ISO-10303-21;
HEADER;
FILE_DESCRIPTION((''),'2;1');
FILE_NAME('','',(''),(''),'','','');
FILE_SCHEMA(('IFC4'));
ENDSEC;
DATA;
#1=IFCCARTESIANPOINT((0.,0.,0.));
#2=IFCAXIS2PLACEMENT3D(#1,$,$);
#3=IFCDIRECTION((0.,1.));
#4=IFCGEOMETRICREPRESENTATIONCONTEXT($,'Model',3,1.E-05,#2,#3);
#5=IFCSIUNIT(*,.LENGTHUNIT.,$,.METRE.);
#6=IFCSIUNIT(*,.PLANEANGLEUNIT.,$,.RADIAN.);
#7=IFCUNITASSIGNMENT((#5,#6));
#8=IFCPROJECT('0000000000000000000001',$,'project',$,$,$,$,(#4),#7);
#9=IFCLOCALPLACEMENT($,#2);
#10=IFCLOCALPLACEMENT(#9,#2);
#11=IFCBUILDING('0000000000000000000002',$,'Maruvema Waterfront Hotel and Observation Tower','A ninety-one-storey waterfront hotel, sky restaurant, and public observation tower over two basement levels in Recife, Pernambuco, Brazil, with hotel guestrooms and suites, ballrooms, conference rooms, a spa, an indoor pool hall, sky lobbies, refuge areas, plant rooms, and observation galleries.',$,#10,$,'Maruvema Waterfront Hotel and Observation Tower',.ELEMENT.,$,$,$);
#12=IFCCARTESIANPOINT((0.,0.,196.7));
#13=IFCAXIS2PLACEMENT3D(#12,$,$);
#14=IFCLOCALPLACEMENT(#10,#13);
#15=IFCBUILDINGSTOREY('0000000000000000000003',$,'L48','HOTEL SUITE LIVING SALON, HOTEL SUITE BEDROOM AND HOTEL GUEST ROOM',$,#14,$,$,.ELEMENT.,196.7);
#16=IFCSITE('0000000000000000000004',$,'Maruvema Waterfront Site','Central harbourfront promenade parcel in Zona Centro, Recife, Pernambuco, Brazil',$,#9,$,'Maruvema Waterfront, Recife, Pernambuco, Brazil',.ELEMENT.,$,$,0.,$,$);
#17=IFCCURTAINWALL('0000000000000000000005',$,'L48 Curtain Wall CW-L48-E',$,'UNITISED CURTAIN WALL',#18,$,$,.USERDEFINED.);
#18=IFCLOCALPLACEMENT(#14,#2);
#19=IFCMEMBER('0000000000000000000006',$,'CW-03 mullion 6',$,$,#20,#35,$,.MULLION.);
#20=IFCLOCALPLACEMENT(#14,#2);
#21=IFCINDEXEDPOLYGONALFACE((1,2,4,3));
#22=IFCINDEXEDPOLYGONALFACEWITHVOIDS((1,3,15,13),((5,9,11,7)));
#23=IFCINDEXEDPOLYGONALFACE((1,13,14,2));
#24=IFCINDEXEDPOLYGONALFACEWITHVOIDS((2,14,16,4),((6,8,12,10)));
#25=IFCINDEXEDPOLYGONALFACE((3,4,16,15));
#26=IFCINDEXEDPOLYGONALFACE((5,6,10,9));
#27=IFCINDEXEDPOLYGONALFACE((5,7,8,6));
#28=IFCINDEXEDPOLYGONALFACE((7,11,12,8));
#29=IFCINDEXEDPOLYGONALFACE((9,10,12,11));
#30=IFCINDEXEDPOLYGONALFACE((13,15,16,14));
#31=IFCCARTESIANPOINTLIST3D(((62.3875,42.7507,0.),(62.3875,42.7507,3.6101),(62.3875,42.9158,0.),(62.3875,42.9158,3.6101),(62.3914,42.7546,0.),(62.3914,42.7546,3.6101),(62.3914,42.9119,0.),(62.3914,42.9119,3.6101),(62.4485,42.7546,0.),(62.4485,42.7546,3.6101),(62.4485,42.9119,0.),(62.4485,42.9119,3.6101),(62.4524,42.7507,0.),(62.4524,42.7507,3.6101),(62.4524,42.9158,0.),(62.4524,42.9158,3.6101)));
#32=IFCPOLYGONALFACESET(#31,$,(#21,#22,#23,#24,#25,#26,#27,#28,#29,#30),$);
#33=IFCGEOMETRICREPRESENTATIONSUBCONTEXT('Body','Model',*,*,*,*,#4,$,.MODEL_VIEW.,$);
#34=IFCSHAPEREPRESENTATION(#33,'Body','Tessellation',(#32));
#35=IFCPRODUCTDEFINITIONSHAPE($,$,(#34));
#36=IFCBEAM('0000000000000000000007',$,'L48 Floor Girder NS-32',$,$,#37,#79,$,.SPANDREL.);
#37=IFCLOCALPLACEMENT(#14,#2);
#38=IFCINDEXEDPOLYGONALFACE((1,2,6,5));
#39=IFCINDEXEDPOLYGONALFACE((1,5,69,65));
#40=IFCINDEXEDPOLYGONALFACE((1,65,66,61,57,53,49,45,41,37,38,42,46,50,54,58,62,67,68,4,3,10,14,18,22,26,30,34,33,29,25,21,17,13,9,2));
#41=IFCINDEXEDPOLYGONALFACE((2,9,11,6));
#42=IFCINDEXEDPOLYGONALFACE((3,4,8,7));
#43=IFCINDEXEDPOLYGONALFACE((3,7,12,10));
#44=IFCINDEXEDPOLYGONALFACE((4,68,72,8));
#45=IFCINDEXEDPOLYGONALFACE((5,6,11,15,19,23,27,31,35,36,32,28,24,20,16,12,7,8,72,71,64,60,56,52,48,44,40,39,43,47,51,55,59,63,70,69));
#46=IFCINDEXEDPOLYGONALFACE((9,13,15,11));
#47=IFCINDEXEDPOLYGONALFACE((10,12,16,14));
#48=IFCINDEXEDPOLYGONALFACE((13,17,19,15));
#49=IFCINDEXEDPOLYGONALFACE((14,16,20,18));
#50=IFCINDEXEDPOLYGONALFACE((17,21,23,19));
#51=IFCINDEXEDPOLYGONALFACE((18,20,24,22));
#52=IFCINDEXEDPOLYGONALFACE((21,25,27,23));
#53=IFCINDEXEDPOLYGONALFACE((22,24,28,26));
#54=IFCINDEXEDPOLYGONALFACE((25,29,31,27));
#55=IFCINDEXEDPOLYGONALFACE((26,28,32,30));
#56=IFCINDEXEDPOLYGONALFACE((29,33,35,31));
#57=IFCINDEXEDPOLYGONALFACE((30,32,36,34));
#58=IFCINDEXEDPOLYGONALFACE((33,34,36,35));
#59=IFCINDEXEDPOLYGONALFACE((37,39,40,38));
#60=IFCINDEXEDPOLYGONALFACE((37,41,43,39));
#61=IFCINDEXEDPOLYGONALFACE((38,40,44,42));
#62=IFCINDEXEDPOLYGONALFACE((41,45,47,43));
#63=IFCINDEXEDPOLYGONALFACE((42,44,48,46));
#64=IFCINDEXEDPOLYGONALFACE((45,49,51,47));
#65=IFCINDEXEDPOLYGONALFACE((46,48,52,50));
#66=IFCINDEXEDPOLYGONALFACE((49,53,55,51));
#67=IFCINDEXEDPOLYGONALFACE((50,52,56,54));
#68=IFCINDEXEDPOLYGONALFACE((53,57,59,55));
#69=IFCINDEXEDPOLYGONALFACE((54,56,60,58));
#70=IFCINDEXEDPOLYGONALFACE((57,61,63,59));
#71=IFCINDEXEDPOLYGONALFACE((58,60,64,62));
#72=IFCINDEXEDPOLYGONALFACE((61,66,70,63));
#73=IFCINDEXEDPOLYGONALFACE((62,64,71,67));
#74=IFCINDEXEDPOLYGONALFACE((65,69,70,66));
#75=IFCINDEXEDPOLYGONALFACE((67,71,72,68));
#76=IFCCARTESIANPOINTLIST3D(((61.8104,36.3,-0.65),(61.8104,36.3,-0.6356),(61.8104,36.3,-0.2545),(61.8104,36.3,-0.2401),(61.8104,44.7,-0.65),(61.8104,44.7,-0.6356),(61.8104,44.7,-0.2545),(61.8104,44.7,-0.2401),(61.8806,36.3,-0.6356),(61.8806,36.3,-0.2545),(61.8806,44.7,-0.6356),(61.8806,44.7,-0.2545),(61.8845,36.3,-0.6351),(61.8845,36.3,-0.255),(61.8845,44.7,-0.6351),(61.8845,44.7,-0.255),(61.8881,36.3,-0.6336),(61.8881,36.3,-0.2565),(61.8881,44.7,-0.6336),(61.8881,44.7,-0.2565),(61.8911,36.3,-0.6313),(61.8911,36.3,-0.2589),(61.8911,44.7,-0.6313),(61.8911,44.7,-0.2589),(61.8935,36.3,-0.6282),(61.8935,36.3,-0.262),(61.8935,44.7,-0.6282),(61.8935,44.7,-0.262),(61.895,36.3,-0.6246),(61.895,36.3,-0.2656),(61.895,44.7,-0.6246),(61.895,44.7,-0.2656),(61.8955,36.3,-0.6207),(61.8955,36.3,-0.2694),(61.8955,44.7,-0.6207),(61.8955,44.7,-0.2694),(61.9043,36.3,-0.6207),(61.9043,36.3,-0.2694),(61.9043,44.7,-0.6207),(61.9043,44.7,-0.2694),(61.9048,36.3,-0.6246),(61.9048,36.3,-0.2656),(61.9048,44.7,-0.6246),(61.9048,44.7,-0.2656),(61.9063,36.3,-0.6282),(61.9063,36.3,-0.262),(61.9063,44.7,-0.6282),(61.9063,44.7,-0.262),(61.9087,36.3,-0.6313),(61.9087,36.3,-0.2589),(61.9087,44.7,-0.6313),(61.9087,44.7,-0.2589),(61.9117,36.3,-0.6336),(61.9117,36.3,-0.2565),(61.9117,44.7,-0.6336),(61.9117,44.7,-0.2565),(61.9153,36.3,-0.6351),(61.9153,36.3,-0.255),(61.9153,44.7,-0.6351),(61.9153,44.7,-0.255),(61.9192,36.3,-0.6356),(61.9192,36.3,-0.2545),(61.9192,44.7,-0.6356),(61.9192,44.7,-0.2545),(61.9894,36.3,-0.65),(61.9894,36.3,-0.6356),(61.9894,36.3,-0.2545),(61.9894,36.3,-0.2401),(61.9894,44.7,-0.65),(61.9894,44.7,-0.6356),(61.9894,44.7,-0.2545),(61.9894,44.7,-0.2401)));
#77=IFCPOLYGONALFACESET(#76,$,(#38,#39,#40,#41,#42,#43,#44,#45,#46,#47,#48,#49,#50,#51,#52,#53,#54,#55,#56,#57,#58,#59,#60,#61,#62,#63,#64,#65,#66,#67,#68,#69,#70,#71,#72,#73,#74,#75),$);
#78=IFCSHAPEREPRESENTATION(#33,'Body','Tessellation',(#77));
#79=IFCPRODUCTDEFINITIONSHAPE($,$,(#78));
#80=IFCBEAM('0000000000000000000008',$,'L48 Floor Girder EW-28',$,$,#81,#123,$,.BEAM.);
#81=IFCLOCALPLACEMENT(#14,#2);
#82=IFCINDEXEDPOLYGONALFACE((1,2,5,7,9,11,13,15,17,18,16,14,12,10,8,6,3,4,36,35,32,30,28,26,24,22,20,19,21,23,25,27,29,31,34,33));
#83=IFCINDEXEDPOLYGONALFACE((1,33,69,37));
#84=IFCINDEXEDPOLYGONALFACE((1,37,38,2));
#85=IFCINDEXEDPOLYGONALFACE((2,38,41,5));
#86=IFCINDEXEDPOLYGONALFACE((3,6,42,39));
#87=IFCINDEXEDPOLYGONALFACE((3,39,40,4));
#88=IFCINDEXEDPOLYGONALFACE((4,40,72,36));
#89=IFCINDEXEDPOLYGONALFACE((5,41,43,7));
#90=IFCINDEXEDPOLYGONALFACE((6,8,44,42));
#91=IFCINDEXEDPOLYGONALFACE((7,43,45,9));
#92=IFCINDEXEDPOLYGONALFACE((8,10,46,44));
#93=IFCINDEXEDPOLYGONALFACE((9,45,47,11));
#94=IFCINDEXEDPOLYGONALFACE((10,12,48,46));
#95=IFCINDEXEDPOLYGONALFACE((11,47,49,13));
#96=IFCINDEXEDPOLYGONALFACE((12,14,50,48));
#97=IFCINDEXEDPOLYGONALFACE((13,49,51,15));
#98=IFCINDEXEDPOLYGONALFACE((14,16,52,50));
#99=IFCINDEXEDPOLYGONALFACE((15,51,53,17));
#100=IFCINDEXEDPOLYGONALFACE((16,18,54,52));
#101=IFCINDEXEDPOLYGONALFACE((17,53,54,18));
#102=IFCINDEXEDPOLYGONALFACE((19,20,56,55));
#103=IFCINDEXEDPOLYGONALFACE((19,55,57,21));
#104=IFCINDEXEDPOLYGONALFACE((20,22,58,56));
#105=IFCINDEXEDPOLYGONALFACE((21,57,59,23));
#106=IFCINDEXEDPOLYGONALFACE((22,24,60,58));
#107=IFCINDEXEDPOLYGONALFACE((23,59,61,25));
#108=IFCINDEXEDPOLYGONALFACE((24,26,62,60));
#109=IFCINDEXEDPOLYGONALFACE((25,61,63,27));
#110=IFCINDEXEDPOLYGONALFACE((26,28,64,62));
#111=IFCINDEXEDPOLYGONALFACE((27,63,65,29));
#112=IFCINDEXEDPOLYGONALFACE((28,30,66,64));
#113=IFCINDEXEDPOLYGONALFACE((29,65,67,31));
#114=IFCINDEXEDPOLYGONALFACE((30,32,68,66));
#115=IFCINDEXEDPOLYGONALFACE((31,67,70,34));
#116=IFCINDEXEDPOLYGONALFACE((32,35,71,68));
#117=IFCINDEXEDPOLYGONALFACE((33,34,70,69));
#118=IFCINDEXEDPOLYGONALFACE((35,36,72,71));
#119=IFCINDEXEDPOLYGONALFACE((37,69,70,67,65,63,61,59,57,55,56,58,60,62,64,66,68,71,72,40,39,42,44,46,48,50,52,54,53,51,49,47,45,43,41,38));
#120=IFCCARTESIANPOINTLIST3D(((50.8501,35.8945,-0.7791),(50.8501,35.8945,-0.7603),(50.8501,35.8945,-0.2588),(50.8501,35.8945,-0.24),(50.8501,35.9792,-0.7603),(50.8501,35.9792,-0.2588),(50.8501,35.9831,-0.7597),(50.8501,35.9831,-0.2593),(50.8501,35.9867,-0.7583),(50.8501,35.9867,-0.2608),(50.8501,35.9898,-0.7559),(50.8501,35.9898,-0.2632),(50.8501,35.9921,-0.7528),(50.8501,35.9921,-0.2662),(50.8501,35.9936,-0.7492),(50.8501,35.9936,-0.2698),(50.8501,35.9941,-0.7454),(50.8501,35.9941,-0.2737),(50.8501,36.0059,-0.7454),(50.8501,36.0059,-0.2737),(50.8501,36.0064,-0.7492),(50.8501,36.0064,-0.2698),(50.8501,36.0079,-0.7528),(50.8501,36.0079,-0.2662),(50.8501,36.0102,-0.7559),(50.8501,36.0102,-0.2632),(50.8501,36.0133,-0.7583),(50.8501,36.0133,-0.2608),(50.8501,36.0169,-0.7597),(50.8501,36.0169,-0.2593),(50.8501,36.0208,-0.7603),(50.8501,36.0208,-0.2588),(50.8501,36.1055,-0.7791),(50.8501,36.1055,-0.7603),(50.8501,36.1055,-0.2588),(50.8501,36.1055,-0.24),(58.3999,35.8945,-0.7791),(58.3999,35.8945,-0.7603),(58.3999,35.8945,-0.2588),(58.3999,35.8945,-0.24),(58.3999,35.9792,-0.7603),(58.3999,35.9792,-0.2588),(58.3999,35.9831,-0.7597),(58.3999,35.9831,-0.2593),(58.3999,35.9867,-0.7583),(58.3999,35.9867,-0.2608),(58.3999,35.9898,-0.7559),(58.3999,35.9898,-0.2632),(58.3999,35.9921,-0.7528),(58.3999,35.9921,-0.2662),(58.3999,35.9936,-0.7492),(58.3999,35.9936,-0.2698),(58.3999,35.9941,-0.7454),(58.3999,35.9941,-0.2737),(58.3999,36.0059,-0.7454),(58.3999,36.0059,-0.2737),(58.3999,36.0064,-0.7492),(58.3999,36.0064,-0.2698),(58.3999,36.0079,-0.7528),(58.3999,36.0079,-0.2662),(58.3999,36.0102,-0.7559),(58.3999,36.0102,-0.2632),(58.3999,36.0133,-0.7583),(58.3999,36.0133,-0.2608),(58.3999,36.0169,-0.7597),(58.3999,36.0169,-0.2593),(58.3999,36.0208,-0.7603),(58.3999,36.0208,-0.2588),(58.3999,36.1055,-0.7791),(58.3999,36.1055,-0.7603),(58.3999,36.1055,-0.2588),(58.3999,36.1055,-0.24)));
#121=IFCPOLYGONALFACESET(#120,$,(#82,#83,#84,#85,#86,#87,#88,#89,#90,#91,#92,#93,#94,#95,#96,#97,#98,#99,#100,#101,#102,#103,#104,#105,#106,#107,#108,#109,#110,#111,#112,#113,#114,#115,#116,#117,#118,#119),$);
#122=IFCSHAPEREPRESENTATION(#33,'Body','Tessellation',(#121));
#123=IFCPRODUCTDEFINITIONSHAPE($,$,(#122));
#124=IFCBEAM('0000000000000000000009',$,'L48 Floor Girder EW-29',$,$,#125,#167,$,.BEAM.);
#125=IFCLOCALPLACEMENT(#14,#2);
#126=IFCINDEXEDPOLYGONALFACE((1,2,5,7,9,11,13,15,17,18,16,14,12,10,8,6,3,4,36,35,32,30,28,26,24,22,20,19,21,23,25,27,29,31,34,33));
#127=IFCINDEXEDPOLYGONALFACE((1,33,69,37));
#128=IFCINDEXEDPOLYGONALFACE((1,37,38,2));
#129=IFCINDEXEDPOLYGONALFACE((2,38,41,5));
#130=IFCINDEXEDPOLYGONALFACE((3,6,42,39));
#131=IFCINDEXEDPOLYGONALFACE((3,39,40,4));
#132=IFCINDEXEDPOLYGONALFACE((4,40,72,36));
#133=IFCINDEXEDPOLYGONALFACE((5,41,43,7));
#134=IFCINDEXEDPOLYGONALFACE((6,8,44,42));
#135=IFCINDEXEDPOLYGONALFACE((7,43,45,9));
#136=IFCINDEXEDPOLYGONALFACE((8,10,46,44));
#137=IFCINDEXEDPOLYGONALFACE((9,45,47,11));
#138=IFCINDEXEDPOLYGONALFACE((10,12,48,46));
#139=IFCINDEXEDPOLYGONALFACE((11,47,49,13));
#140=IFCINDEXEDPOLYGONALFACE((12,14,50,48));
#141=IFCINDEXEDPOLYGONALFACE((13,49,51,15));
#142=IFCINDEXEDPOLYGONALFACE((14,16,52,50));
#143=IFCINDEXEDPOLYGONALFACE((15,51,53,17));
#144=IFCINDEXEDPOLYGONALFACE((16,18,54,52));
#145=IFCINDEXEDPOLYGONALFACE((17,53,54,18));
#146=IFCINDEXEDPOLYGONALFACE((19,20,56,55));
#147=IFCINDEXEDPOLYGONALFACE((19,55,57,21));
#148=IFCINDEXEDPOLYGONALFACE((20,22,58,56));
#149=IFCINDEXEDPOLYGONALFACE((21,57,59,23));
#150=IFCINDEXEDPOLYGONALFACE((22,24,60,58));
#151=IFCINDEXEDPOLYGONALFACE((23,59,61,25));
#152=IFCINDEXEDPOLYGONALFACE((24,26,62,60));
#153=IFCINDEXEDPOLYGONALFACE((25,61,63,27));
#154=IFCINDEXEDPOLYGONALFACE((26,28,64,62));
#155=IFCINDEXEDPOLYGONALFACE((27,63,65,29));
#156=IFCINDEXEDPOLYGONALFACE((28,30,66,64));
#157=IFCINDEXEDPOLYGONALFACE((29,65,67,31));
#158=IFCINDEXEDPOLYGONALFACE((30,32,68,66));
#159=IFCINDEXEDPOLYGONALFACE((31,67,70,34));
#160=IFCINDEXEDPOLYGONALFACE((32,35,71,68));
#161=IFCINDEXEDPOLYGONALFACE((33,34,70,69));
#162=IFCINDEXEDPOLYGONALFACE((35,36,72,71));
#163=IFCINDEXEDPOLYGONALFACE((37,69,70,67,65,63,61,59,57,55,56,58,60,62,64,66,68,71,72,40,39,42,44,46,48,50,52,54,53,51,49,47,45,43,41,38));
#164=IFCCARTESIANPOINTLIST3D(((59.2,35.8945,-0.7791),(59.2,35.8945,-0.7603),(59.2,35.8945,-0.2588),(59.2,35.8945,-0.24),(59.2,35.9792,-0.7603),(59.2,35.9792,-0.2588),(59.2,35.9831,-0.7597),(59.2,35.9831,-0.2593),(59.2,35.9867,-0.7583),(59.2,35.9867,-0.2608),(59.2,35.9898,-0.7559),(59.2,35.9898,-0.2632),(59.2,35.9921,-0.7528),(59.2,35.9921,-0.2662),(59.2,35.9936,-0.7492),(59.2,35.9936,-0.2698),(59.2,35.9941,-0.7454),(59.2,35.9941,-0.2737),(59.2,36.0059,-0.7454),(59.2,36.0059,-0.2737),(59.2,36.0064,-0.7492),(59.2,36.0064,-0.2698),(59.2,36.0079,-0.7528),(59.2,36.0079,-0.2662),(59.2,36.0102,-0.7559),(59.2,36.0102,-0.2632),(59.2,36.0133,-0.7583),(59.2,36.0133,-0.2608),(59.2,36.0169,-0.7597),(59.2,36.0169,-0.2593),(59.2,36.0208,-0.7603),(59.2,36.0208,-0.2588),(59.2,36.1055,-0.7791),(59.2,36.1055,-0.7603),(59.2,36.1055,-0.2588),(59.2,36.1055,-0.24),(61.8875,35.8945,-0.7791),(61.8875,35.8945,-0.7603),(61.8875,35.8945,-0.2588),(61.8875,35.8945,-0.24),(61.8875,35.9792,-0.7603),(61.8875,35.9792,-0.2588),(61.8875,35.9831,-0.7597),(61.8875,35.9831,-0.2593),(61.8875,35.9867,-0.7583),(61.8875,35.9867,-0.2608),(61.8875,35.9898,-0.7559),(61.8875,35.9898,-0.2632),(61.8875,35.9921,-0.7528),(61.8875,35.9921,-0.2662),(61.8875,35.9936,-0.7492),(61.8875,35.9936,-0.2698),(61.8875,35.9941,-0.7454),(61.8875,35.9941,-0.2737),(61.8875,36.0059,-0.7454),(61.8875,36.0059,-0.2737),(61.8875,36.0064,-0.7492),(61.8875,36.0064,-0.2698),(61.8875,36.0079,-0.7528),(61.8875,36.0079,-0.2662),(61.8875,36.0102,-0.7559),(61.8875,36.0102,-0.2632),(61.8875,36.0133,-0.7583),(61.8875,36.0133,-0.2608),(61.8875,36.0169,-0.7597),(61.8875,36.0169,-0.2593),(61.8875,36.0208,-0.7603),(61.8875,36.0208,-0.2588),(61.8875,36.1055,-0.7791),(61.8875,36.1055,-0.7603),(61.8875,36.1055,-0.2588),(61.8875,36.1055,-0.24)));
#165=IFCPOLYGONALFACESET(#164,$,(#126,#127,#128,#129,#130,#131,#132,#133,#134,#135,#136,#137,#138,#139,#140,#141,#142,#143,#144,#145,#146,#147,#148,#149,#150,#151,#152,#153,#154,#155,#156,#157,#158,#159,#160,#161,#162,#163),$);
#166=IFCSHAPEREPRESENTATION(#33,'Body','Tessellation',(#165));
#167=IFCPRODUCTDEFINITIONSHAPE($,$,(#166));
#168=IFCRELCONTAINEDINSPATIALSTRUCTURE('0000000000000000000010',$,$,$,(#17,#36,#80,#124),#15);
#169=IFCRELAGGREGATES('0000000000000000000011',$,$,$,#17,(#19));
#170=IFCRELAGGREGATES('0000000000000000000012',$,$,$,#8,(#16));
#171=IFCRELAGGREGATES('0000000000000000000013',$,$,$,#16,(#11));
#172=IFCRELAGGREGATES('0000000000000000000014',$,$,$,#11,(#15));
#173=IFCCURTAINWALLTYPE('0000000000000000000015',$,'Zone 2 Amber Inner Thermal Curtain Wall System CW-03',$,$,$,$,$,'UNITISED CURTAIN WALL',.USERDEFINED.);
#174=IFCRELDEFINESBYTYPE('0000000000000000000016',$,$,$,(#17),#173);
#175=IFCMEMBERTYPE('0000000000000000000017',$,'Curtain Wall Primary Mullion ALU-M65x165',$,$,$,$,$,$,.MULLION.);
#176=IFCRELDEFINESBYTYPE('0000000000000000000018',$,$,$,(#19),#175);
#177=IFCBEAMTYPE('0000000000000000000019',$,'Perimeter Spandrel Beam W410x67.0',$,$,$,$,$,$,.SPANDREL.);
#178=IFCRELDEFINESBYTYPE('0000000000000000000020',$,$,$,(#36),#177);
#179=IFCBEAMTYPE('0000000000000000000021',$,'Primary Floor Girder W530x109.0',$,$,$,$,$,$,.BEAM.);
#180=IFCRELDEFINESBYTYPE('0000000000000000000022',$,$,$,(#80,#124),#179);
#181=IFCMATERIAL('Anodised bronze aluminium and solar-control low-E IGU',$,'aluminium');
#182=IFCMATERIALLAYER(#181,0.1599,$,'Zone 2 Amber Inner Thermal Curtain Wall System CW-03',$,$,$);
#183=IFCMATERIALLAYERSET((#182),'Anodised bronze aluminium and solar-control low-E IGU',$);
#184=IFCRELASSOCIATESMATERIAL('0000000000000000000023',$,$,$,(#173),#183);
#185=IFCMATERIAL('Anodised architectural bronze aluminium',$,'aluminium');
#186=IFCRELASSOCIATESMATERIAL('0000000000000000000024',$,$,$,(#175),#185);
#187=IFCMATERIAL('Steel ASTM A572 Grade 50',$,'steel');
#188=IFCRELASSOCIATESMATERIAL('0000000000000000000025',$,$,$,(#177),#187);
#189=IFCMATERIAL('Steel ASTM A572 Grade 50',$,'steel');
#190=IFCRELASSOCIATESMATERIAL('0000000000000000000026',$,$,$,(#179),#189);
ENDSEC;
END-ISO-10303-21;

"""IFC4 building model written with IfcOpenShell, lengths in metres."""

from ifc_helpers import new_model, si_unit, direction, frame, origin, origin_2d, place, context, subcontext, project, spatial, hollow_rectangle, i_section, extrude, material, layer, layer_set, material_profile, profile_set, type_object, element, aggregate, save


model = new_model("IFC4")

# Units and contexts
model_context = context("Model", 3, precision=1e-05, world=origin(), true_north=direction((0.0, 1.0)))
body_context = subcontext(model_context, "Body", "Model", "MODEL_VIEW")
ifc_project = project(units=[si_unit("LENGTHUNIT", "METRE"), si_unit("PLANEANGLEUNIT", "RADIAN")], contexts=[model_context])

# Site, building, storey
site_placement = place(None, origin())
site = spatial("IfcSite", under=ifc_project, at=site_placement, Name="Maruvema Waterfront Site", Description="Central harbourfront promenade parcel in Zona Centro, Recife, Pernambuco, Brazil", LongName="Maruvema Waterfront, Recife, Pernambuco, Brazil", CompositionType="ELEMENT", RefElevation=0.0)
building_placement = place(site_placement, origin())
building = spatial("IfcBuilding", under=site, at=building_placement, Name="Maruvema Waterfront Hotel and Observation Tower", Description="A ninety-one-storey waterfront hotel, sky restaurant, and public observation tower over two basement levels in Recife, Pernambuco, Brazil, with hotel guestrooms and suites, ballrooms, conference rooms, a spa, an indoor pool hall, sky lobbies, refuge areas, plant rooms, and observation galleries.", LongName="Maruvema Waterfront Hotel and Observation Tower", CompositionType="ELEMENT")
storey_placement = place(building_placement, frame((0.0, 0.0, 196.7)))
storey = spatial("IfcBuildingStorey", under=building, at=storey_placement, Name="L48", Description="HOTEL SUITE LIVING SALON, HOTEL SUITE BEDROOM AND HOTEL GUEST ROOM", CompositionType="ELEMENT", Elevation=196.7)

# Curtain wall, member
ifc_material_1 = material(Name="Anodised bronze aluminium and solar-control low-E IGU", Category="aluminium")
ifc_layer_1 = layer(ifc_material_1, 0.1599, Name="Zone 2 Amber Inner Thermal Curtain Wall System CW-03")
ifc_layer_set_1 = layer_set([ifc_layer_1], Name="Anodised bronze aluminium and solar-control low-E IGU")
curtain_wall_type = type_object("IfcCurtainWallType", Name="Zone 2 Amber Inner Thermal Curtain Wall System CW-03", ElementType="UNITISED CURTAIN WALL", PredefinedType="USERDEFINED", material=ifc_layer_set_1)
curtain_wall_placement = place(storey_placement, origin())
curtain_wall = element("IfcCurtainWall", 1, at=curtain_wall_placement, inside=storey, type_object=curtain_wall_type, Name="L48 Curtain Wall CW-L48-E", ObjectType="UNITISED CURTAIN WALL", PredefinedType="USERDEFINED")
ifc_material_2 = material(Name="Anodised architectural bronze aluminium", Category="aluminium")
ifc_material_profile_1 = material_profile(ifc_material_2, hollow_rectangle(XDim=0.0649, YDim=0.165, WallThickness=0.0039, at=origin_2d()), Name="ALU-M65x165")
ifc_profile_set_1 = profile_set([ifc_material_profile_1], Name="Anodised architectural bronze aluminium")
member_type_1 = type_object("IfcMemberType", Name="Curtain Wall Primary Mullion ALU-M65x165", PredefinedType="MULLION", material=ifc_profile_set_1)
member_1_placement = place(storey_placement, frame((62.4199, 42.8333, 0.0), z_axis=(0.0, 0.0, 1.0), x_axis=(-1.0, 0.0, 0.0)))
member_1 = element("IfcMember", 2, at=member_1_placement, type_object=member_type_1, Name="CW-03 mullion 6", PredefinedType="MULLION", context=body_context, shape_type="SweptSolid", body=[
    extrude(hollow_rectangle(XDim=0.0649, YDim=0.165, WallThickness=0.0039, at=origin_2d()), origin(), (0.0, 0.0, 1.0), 3.6101),
])

# Beams
ifc_material_3 = material(Name="Steel ASTM A572 Grade 50", Category="steel")
ifc_material_profile_2 = material_profile(ifc_material_3, i_section(OverallWidth=0.179, OverallDepth=0.4099, WebThickness=0.0088, FlangeThickness=0.0144, FilletRadius=0.0149, at=origin_2d()), Name="W410x67.0")
ifc_profile_set_2 = profile_set([ifc_material_profile_2], Name="Steel ASTM A572 Grade 50")
beam_type_1 = type_object("IfcBeamType", Name="Perimeter Spandrel Beam W410x67.0", PredefinedType="SPANDREL", material=ifc_profile_set_2)
beam_1_placement = place(storey_placement, frame((61.8999, 36.3, -0.4451), z_axis=(0.0, 1.0, 0.0), x_axis=(-1.0, 0.0, 0.0)))
element("IfcBeam", 3, at=beam_1_placement, inside=storey, type_object=beam_type_1, Name="L48 Floor Girder NS-32", PredefinedType="SPANDREL", context=body_context, shape_type="SweptSolid", body=[
    extrude(i_section(OverallWidth=0.179, OverallDepth=0.4099, WebThickness=0.0088, FlangeThickness=0.0144, FilletRadius=0.0149, at=origin_2d()), origin(), (0.0, 0.0, 1.0), 8.3999),
])
ifc_material_4 = material(Name="Steel ASTM A572 Grade 50", Category="steel")
ifc_material_profile_3 = material_profile(ifc_material_4, i_section(OverallWidth=0.2109, OverallDepth=0.5391, WebThickness=0.0117, FlangeThickness=0.0188, FilletRadius=0.0149, at=origin_2d()), Name="W530x109.0")
ifc_profile_set_3 = profile_set([ifc_material_profile_3], Name="Steel ASTM A572 Grade 50")
beam_type_2 = type_object("IfcBeamType", Name="Primary Floor Girder W530x109.0", PredefinedType="BEAM", material=ifc_profile_set_3)
beam_2_placement = place(storey_placement, frame((50.8501, 36.0, -0.5095), z_axis=(1.0, 0.0, 0.0), x_axis=(0.0, 1.0, 0.0)))
element("IfcBeam", 4, at=beam_2_placement, inside=storey, type_object=beam_type_2, Name="L48 Floor Girder EW-28", PredefinedType="BEAM", context=body_context, shape_type="SweptSolid", body=[
    extrude(i_section(OverallWidth=0.2109, OverallDepth=0.5391, WebThickness=0.0117, FlangeThickness=0.0188, FilletRadius=0.0149, at=origin_2d()), origin(), (0.0, 0.0, 1.0), 7.5498),
])
beam_3_placement = place(storey_placement, frame((59.2, 36.0, -0.5095), z_axis=(1.0, 0.0, 0.0), x_axis=(0.0, 1.0, 0.0)))
element("IfcBeam", 5, at=beam_3_placement, inside=storey, type_object=beam_type_2, Name="L48 Floor Girder EW-29", PredefinedType="BEAM", context=body_context, shape_type="SweptSolid", body=[
    extrude(i_section(OverallWidth=0.2109, OverallDepth=0.5391, WebThickness=0.0117, FlangeThickness=0.0188, FilletRadius=0.0149, at=origin_2d()), origin(), (0.0, 0.0, 1.0), 2.6875),
])

aggregate(curtain_wall, [member_1])

save(model, "model.ifc")
